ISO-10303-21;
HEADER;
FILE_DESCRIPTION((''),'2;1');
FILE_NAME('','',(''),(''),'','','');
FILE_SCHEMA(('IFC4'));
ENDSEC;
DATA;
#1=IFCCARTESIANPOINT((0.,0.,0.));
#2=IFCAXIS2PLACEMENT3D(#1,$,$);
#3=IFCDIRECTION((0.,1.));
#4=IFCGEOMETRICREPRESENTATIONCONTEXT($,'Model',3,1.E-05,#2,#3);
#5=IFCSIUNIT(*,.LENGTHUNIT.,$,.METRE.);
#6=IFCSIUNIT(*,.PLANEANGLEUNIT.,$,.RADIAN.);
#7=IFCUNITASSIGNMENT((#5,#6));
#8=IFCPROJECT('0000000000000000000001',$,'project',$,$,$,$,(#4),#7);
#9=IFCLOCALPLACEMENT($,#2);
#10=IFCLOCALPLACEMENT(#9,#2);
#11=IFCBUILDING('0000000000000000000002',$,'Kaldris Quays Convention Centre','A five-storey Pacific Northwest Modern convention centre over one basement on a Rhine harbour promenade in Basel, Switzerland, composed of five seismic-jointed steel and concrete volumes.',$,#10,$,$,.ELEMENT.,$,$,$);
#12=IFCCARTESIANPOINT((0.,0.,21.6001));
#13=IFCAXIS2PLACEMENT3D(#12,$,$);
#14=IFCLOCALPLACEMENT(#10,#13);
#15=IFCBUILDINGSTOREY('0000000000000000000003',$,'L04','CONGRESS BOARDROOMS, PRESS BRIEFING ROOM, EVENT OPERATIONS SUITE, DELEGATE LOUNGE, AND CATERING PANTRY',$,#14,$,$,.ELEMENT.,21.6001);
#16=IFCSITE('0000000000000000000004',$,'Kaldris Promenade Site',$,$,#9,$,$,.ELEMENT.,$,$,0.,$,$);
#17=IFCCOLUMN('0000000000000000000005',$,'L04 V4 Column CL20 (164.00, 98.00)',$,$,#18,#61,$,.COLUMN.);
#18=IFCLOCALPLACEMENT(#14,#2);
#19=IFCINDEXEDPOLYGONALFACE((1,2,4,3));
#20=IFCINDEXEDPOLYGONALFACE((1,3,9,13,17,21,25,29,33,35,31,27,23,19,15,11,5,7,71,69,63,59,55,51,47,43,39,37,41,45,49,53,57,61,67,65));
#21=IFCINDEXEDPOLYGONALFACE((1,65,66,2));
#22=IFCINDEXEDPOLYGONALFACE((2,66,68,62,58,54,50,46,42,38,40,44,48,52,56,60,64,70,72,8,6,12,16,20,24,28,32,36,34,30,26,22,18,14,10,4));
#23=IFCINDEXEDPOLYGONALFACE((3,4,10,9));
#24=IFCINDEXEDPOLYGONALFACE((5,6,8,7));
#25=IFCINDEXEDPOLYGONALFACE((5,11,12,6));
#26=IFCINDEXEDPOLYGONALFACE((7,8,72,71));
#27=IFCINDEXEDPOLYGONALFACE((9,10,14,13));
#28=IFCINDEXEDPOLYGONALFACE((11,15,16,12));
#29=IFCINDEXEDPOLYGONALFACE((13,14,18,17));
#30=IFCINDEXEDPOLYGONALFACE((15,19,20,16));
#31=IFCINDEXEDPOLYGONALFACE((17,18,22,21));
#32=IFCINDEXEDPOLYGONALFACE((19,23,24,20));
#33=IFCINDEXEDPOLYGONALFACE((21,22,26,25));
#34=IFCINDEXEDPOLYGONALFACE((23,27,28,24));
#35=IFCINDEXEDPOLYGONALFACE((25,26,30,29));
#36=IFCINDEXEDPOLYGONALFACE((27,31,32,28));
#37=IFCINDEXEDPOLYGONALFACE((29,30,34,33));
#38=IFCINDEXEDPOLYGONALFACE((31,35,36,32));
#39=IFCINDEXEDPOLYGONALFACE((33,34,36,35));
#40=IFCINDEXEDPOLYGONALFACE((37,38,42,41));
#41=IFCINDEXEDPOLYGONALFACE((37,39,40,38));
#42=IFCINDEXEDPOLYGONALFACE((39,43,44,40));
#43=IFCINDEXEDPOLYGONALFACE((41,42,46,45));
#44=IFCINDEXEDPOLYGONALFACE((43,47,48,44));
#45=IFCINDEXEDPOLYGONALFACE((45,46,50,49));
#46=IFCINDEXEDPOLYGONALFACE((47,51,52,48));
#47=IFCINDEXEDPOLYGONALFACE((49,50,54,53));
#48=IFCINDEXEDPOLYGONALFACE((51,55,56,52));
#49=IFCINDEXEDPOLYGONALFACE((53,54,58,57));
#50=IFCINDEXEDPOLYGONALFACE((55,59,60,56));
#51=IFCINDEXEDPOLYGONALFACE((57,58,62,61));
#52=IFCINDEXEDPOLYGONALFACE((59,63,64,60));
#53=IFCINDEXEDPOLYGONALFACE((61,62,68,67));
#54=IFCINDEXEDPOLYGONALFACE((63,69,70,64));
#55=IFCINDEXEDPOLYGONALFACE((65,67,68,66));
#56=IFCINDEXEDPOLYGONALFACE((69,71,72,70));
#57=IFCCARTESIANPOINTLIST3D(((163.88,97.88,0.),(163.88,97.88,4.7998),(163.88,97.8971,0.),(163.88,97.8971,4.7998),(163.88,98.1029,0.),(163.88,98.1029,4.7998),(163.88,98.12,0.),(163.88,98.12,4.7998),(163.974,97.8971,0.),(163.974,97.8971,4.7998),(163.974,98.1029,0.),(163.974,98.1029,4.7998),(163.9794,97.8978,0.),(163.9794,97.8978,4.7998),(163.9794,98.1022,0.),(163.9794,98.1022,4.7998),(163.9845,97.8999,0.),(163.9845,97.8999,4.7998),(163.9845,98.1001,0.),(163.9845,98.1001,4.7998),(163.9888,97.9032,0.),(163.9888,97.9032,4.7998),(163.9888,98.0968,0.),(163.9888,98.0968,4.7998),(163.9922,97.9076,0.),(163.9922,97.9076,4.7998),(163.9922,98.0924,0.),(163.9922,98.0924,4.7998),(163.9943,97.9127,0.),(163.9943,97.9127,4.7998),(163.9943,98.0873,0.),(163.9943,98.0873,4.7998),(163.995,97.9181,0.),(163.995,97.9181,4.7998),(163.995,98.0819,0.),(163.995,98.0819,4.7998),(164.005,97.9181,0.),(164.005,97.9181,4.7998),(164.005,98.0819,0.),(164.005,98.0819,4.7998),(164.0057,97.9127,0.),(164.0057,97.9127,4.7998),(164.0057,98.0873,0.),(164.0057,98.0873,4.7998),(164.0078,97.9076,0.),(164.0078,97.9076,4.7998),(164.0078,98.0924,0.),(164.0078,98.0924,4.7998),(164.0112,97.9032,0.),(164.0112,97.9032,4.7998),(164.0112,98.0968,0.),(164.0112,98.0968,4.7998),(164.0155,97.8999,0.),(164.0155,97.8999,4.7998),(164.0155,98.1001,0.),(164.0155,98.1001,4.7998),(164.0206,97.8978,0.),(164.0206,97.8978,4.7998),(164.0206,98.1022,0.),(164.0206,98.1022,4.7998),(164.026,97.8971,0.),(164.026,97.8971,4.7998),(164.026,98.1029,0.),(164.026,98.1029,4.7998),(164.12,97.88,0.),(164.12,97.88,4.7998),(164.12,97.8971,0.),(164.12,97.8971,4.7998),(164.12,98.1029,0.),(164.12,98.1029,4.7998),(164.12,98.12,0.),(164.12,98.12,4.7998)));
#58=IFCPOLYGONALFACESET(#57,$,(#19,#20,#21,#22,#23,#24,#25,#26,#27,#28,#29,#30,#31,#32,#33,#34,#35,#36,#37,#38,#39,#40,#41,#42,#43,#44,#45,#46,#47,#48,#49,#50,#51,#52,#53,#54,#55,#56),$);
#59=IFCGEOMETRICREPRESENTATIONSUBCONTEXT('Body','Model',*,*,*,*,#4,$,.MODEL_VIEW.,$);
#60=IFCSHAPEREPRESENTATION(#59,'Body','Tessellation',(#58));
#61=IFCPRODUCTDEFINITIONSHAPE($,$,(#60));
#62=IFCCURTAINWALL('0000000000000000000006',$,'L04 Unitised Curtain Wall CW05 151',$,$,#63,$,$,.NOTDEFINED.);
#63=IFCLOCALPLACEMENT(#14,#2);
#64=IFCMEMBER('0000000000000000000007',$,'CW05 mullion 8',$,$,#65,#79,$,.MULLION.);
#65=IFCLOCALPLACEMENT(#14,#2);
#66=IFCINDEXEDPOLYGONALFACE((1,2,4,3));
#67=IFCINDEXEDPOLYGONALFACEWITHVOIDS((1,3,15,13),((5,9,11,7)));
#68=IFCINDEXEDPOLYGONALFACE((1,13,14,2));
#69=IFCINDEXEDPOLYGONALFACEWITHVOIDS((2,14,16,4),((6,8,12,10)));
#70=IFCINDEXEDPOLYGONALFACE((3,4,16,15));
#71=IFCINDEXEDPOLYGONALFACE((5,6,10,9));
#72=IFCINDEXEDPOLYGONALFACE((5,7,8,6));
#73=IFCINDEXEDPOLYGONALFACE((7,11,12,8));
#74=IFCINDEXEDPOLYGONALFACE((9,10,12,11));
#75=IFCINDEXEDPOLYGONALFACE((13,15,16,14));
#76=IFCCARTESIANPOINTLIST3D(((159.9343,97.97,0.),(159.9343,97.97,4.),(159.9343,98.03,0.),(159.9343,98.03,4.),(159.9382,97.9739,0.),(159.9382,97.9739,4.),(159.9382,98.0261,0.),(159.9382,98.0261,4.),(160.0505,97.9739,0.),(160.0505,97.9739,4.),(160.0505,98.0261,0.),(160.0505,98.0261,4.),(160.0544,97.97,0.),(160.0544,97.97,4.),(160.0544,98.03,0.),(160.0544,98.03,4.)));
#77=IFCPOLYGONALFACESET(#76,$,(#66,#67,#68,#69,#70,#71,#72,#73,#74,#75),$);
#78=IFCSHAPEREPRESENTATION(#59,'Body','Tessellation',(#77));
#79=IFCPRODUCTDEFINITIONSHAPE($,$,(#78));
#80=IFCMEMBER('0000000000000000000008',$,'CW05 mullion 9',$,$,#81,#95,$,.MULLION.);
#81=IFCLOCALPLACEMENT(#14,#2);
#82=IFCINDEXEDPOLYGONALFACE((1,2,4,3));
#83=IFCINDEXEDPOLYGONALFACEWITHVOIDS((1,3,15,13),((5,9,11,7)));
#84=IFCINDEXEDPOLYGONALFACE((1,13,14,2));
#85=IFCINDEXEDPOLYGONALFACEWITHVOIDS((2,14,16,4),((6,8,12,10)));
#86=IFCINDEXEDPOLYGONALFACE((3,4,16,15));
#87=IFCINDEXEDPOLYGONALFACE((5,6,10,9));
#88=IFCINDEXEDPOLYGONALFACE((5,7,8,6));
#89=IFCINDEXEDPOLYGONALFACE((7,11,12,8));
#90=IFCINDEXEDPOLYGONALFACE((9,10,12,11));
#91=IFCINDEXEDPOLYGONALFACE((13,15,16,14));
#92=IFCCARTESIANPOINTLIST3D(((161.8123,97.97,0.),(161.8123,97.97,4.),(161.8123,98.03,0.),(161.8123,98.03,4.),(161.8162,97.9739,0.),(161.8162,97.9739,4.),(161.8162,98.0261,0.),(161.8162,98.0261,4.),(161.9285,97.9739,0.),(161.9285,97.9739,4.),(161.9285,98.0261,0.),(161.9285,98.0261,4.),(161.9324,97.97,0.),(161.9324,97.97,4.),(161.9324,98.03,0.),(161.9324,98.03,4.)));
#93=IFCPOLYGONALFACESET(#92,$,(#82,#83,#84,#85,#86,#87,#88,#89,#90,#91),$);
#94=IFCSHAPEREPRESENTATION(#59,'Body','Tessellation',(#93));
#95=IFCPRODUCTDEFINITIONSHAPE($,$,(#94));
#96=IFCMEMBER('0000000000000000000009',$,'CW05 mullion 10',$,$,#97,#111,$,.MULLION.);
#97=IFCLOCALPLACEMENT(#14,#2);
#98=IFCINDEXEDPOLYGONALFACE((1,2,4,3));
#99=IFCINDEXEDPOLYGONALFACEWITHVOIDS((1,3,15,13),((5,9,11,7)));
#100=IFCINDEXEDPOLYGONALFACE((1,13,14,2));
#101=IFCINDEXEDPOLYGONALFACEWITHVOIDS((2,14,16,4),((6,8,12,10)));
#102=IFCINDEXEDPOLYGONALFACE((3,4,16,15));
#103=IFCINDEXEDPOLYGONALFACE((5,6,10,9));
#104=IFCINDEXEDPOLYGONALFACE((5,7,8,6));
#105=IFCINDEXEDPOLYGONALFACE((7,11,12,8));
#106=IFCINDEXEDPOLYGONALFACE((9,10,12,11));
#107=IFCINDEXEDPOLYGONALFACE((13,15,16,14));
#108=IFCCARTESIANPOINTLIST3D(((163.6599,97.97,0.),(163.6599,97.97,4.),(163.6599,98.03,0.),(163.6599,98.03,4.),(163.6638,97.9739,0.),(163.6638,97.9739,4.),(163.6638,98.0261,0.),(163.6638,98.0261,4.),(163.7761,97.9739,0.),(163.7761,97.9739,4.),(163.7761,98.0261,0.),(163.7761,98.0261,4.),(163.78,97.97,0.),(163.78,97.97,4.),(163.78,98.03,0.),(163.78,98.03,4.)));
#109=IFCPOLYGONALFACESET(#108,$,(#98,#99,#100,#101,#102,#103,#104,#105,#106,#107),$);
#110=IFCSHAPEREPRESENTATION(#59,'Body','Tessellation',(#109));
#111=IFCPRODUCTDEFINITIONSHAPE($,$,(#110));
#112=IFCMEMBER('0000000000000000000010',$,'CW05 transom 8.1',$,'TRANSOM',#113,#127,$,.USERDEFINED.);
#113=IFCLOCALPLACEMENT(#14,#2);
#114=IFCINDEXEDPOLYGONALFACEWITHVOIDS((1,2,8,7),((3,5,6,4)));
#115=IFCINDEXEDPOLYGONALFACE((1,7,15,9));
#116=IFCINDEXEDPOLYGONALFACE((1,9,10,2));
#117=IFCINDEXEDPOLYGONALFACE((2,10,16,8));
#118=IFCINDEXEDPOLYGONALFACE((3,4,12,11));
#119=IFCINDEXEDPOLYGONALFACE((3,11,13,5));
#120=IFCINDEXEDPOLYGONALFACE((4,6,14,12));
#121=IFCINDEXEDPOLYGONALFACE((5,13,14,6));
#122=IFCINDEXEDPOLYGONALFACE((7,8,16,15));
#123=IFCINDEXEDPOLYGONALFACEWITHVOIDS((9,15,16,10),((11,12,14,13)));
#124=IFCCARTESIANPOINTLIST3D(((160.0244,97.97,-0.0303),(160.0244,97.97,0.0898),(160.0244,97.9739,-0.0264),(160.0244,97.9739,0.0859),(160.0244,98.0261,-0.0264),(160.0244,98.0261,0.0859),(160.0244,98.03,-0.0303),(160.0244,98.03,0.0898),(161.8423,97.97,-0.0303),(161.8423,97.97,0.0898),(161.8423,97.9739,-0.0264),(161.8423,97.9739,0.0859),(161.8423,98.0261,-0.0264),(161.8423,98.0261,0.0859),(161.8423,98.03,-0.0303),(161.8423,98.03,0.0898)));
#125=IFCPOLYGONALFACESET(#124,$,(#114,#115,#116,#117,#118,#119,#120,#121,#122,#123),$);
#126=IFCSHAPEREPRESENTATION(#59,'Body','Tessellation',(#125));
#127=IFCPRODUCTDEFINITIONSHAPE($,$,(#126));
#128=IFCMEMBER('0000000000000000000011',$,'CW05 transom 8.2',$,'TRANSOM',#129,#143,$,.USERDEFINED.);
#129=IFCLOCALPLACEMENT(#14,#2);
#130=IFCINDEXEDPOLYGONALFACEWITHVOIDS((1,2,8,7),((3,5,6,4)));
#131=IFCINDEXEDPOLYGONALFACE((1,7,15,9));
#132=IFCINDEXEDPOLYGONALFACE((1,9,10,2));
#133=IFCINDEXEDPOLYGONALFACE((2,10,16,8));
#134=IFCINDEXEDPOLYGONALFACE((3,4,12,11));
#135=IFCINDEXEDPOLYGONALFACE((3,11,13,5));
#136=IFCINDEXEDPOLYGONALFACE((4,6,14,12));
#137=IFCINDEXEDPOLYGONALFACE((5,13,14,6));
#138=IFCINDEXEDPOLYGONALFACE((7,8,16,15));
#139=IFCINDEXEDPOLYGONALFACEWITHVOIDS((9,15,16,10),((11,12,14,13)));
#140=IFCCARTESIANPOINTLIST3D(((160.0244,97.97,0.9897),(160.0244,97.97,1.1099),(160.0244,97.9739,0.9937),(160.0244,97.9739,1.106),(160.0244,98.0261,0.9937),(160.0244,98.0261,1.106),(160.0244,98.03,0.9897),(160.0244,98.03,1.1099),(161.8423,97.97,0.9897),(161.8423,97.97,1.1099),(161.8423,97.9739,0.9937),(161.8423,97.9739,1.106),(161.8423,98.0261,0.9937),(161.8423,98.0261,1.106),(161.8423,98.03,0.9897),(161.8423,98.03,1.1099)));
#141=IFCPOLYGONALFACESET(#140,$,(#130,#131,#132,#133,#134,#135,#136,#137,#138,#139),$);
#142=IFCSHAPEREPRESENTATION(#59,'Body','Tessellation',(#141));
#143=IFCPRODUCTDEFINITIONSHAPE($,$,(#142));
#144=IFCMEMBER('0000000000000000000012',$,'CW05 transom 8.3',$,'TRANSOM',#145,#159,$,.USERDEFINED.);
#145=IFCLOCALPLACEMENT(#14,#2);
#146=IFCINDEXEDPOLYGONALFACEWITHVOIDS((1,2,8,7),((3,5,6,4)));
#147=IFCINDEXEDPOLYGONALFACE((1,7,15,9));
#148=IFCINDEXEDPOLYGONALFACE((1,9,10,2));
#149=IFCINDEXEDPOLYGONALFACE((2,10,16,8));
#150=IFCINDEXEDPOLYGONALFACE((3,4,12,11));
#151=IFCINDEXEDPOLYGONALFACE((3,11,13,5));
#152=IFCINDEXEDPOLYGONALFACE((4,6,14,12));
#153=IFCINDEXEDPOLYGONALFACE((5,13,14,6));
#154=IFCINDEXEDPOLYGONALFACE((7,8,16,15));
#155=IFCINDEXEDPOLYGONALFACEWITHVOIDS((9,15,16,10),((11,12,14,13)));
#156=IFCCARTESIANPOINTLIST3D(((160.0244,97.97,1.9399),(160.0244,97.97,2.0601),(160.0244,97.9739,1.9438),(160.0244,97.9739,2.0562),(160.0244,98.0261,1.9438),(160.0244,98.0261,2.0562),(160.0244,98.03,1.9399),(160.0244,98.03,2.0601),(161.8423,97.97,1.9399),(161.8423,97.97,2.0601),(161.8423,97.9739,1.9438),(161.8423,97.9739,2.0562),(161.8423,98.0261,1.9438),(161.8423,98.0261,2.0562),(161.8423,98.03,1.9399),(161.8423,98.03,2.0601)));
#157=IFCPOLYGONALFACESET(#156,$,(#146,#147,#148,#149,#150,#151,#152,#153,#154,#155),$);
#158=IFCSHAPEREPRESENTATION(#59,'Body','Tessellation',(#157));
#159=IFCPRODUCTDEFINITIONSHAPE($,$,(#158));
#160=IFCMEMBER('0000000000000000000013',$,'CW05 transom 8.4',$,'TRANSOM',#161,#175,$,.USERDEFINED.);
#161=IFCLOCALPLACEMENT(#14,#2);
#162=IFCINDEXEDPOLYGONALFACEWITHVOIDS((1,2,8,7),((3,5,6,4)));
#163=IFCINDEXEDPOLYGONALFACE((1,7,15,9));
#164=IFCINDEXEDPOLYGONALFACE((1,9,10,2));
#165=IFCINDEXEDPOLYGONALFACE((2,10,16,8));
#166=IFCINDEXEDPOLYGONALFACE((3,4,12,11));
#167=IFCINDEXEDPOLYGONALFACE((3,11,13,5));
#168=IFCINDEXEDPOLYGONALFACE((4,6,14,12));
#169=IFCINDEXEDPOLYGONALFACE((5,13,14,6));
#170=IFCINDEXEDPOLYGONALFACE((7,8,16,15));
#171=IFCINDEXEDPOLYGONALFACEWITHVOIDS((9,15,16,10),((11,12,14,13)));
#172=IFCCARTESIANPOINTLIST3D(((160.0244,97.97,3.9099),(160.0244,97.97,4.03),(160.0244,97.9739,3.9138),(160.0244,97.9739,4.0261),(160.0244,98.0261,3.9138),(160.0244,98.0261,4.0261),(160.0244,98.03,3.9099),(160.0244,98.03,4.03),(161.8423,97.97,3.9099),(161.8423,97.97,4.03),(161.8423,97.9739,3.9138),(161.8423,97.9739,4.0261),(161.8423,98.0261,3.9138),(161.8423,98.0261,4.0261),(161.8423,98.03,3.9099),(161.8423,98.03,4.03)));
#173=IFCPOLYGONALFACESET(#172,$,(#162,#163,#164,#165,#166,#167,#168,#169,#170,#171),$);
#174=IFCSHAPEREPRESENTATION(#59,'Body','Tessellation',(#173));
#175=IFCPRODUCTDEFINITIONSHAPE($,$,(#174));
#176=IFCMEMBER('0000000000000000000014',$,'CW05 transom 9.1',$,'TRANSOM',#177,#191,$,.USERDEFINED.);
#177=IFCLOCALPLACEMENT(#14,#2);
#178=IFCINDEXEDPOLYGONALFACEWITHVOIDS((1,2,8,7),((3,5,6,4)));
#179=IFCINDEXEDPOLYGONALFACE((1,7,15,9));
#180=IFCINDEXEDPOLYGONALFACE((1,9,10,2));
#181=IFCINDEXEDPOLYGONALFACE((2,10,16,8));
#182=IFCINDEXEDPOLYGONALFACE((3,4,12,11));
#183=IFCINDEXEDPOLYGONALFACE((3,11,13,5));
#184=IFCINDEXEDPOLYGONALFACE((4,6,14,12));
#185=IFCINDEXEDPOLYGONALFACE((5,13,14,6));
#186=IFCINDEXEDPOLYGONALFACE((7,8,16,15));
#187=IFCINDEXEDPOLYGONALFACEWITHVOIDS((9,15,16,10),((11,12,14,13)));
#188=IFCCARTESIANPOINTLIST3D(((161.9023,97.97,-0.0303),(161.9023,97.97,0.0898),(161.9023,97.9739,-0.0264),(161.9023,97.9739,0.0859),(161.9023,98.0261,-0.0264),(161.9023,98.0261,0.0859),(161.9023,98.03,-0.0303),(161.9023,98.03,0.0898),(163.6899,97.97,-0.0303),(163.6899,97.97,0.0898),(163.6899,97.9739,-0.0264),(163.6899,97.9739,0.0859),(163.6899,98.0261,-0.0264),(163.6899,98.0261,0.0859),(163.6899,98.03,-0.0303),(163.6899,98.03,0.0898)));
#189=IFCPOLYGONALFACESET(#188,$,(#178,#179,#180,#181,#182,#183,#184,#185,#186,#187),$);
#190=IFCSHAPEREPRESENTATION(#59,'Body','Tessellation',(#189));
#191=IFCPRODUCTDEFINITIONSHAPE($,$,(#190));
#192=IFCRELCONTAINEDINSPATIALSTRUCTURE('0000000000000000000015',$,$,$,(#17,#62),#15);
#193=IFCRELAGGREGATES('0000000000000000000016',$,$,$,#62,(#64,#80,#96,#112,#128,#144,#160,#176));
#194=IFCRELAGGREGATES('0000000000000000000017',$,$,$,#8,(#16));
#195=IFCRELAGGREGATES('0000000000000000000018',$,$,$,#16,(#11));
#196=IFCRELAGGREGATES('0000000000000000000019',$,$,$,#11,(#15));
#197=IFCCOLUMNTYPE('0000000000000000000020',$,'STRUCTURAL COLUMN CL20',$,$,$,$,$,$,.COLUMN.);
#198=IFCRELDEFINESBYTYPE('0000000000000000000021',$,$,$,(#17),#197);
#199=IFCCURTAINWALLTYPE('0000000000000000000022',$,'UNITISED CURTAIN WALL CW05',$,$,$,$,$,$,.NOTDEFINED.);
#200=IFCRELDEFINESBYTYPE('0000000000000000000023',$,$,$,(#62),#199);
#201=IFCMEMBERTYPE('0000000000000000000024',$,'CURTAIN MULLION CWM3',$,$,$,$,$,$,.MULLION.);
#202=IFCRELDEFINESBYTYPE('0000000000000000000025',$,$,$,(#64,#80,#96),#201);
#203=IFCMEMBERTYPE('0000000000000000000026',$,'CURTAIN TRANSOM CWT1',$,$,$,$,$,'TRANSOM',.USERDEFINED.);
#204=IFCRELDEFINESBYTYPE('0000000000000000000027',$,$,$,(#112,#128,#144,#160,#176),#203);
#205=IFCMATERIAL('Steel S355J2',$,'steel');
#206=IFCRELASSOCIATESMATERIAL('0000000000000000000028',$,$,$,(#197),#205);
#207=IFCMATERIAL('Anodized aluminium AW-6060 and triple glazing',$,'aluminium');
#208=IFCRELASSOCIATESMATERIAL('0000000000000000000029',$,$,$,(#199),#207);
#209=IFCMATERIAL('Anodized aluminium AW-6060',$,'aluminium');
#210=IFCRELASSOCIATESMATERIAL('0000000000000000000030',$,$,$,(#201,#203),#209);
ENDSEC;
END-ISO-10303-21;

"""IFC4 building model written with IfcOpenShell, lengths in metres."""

from ifc_helpers import new_model, si_unit, direction, frame, origin, origin_2d, place, context, subcontext, project, spatial, hollow_rectangle, i_section, extrude, material, material_profile, profile_set, type_object, element, aggregate, save


model = new_model("IFC4")

# Units and contexts
model_context = context("Model", 3, precision=1e-05, world=origin(), true_north=direction((0.0, 1.0)))
body_context = subcontext(model_context, "Body", "Model", "MODEL_VIEW")
ifc_project = project(units=[si_unit("LENGTHUNIT", "METRE"), si_unit("PLANEANGLEUNIT", "RADIAN")], contexts=[model_context])

# Site, building, storey
site_placement = place(None, origin())
site = spatial("IfcSite", under=ifc_project, at=site_placement, Name="Kaldris Promenade Site", CompositionType="ELEMENT", RefElevation=0.0)
building_placement = place(site_placement, origin())
building = spatial("IfcBuilding", under=site, at=building_placement, Name="Kaldris Quays Convention Centre", Description="A five-storey Pacific Northwest Modern convention centre over one basement on a Rhine harbour promenade in Basel, Switzerland, composed of five seismic-jointed steel and concrete volumes.", CompositionType="ELEMENT")
storey_placement = place(building_placement, frame((0.0, 0.0, 21.6001)))
storey = spatial("IfcBuildingStorey", under=building, at=storey_placement, Name="L04", Description="CONGRESS BOARDROOMS, PRESS BRIEFING ROOM, EVENT OPERATIONS SUITE, DELEGATE LOUNGE, AND CATERING PANTRY", CompositionType="ELEMENT", Elevation=21.6001)

# Column
ifc_material_1 = material(Name="Steel S355J2", Category="steel")
ifc_material_profile_1 = material_profile(ifc_material_1, i_section(OverallWidth=0.24, OverallDepth=0.24, WebThickness=0.01, FlangeThickness=0.0171, FilletRadius=0.021, at=origin_2d()), Name="HEB 240")
ifc_profile_set_1 = profile_set([ifc_material_profile_1], Name="Steel S355J2")
column_type = type_object("IfcColumnType", Name="STRUCTURAL COLUMN CL20", PredefinedType="COLUMN", material=ifc_profile_set_1)
column_placement = place(storey_placement, frame((164.0, 98.0, 0.0), z_axis=(0.0, 0.0, 1.0), x_axis=(1.0, 0.0, 0.0)))
element("IfcColumn", 1, at=column_placement, inside=storey, type_object=column_type, Name="L04 V4 Column CL20 (164.00, 98.00)", PredefinedType="COLUMN", context=body_context, shape_type="SweptSolid", body=[
    extrude(i_section(OverallWidth=0.24, OverallDepth=0.24, WebThickness=0.01, FlangeThickness=0.0171, FilletRadius=0.021, at=origin_2d()), origin(), (0.0, 0.0, 1.0), 4.7998),
])

# Curtain wall, members
ifc_material_2 = material(Name="Anodized aluminium AW-6060 and triple glazing", Category="aluminium")
curtain_wall_type = type_object("IfcCurtainWallType", Name="UNITISED CURTAIN WALL CW05", PredefinedType="NOTDEFINED", material=ifc_material_2)
curtain_wall_placement = place(storey_placement, origin())
curtain_wall = element("IfcCurtainWall", 2, at=curtain_wall_placement, inside=storey, type_object=curtain_wall_type, Name="L04 Unitised Curtain Wall CW05 151", PredefinedType="NOTDEFINED")
ifc_material_3 = material(Name="Anodized aluminium AW-6060", Category="aluminium")
ifc_material_profile_2 = material_profile(ifc_material_3, hollow_rectangle(XDim=0.0601, YDim=0.1201, WallThickness=0.0039, at=origin_2d()), Name="RHS 120x60x4")
ifc_profile_set_2 = profile_set([ifc_material_profile_2], Name="Anodized aluminium AW-6060")
member_type_1 = type_object("IfcMemberType", Name="CURTAIN MULLION CWM3", PredefinedType="MULLION", material=ifc_profile_set_2)
member_1_placement = place(storey_placement, frame((159.9944, 98.0, 0.0), z_axis=(0.0, 0.0, 1.0), x_axis=(0.0, 1.0, 0.0)))
member_1 = element("IfcMember", 3, at=member_1_placement, type_object=member_type_1, Name="CW05 mullion 8", PredefinedType="MULLION", context=body_context, shape_type="SweptSolid", body=[
    extrude(hollow_rectangle(XDim=0.0601, YDim=0.1201, WallThickness=0.0039, at=origin_2d()), origin(), (0.0, 0.0, 1.0), 4.0),
])
member_2_placement = place(storey_placement, frame((161.8723, 98.0, 0.0), z_axis=(0.0, 0.0, 1.0), x_axis=(0.0, 1.0, 0.0)))
member_2 = element("IfcMember", 4, at=member_2_placement, type_object=member_type_1, Name="CW05 mullion 9", PredefinedType="MULLION", context=body_context, shape_type="SweptSolid", body=[
    extrude(hollow_rectangle(XDim=0.0601, YDim=0.1201, WallThickness=0.0039, at=origin_2d()), origin(), (0.0, 0.0, 1.0), 4.0),
])
member_3_placement = place(storey_placement, frame((163.72, 98.0, 0.0), z_axis=(0.0, 0.0, 1.0), x_axis=(0.0, 1.0, 0.0)))
member_3 = element("IfcMember", 5, at=member_3_placement, type_object=member_type_1, Name="CW05 mullion 10", PredefinedType="MULLION", context=body_context, shape_type="SweptSolid", body=[
    extrude(hollow_rectangle(XDim=0.0601, YDim=0.1201, WallThickness=0.0039, at=origin_2d()), origin(), (0.0, 0.0, 1.0), 4.0),
])
ifc_material_profile_3 = material_profile(ifc_material_3, hollow_rectangle(XDim=0.0601, YDim=0.1201, WallThickness=0.0039, at=origin_2d()), Name="RHS 120x60x4")
ifc_profile_set_3 = profile_set([ifc_material_profile_3], Name="Anodized aluminium AW-6060")
member_type_2 = type_object("IfcMemberType", Name="CURTAIN TRANSOM CWT1", ElementType="TRANSOM", PredefinedType="USERDEFINED", material=ifc_profile_set_3)
member_4_placement = place(storey_placement, frame((160.0244, 98.0, 0.0298), z_axis=(1.0, 0.0, 0.0), x_axis=(0.0, 1.0, 0.0)))
member_4 = element("IfcMember", 6, at=member_4_placement, type_object=member_type_2, Name="CW05 transom 8.1", ObjectType="TRANSOM", PredefinedType="USERDEFINED", context=body_context, shape_type="SweptSolid", body=[
    extrude(hollow_rectangle(XDim=0.0601, YDim=0.1201, WallThickness=0.0039, at=origin_2d()), origin(), (0.0, 0.0, 1.0), 1.8179),
])
member_5_placement = place(storey_placement, frame((160.0244, 98.0, 1.0498), z_axis=(1.0, 0.0, 0.0), x_axis=(0.0, 1.0, 0.0)))
member_5 = element("IfcMember", 7, at=member_5_placement, type_object=member_type_2, Name="CW05 transom 8.2", ObjectType="TRANSOM", PredefinedType="USERDEFINED", context=body_context, shape_type="SweptSolid", body=[
    extrude(hollow_rectangle(XDim=0.0601, YDim=0.1201, WallThickness=0.0039, at=origin_2d()), origin(), (0.0, 0.0, 1.0), 1.8179),
])
member_6_placement = place(storey_placement, frame((160.0244, 98.0, 2.0), z_axis=(1.0, 0.0, 0.0), x_axis=(0.0, 1.0, 0.0)))
member_6 = element("IfcMember", 8, at=member_6_placement, type_object=member_type_2, Name="CW05 transom 8.3", ObjectType="TRANSOM", PredefinedType="USERDEFINED", context=body_context, shape_type="SweptSolid", body=[
    extrude(hollow_rectangle(XDim=0.0601, YDim=0.1201, WallThickness=0.0039, at=origin_2d()), origin(), (0.0, 0.0, 1.0), 1.8179),
])
member_7_placement = place(storey_placement, frame((160.0244, 98.0, 3.97), z_axis=(1.0, 0.0, 0.0), x_axis=(0.0, 1.0, 0.0)))
member_7 = element("IfcMember", 9, at=member_7_placement, type_object=member_type_2, Name="CW05 transom 8.4", ObjectType="TRANSOM", PredefinedType="USERDEFINED", context=body_context, shape_type="SweptSolid", body=[
    extrude(hollow_rectangle(XDim=0.0601, YDim=0.1201, WallThickness=0.0039, at=origin_2d()), origin(), (0.0, 0.0, 1.0), 1.8179),
])
member_8_placement = place(storey_placement, frame((161.9023, 98.0, 0.0298), z_axis=(1.0, 0.0, 0.0), x_axis=(0.0, 1.0, 0.0)))
member_8 = element("IfcMember", 10, at=member_8_placement, type_object=member_type_2, Name="CW05 transom 9.1", ObjectType="TRANSOM", PredefinedType="USERDEFINED", context=body_context, shape_type="SweptSolid", body=[
    extrude(hollow_rectangle(XDim=0.0601, YDim=0.1201, WallThickness=0.0039, at=origin_2d()), origin(), (0.0, 0.0, 1.0), 1.7876),
])

aggregate(curtain_wall, [member_1, member_2, member_3, member_4, member_5, member_6, member_7, member_8])

save(model, "model.ifc")
